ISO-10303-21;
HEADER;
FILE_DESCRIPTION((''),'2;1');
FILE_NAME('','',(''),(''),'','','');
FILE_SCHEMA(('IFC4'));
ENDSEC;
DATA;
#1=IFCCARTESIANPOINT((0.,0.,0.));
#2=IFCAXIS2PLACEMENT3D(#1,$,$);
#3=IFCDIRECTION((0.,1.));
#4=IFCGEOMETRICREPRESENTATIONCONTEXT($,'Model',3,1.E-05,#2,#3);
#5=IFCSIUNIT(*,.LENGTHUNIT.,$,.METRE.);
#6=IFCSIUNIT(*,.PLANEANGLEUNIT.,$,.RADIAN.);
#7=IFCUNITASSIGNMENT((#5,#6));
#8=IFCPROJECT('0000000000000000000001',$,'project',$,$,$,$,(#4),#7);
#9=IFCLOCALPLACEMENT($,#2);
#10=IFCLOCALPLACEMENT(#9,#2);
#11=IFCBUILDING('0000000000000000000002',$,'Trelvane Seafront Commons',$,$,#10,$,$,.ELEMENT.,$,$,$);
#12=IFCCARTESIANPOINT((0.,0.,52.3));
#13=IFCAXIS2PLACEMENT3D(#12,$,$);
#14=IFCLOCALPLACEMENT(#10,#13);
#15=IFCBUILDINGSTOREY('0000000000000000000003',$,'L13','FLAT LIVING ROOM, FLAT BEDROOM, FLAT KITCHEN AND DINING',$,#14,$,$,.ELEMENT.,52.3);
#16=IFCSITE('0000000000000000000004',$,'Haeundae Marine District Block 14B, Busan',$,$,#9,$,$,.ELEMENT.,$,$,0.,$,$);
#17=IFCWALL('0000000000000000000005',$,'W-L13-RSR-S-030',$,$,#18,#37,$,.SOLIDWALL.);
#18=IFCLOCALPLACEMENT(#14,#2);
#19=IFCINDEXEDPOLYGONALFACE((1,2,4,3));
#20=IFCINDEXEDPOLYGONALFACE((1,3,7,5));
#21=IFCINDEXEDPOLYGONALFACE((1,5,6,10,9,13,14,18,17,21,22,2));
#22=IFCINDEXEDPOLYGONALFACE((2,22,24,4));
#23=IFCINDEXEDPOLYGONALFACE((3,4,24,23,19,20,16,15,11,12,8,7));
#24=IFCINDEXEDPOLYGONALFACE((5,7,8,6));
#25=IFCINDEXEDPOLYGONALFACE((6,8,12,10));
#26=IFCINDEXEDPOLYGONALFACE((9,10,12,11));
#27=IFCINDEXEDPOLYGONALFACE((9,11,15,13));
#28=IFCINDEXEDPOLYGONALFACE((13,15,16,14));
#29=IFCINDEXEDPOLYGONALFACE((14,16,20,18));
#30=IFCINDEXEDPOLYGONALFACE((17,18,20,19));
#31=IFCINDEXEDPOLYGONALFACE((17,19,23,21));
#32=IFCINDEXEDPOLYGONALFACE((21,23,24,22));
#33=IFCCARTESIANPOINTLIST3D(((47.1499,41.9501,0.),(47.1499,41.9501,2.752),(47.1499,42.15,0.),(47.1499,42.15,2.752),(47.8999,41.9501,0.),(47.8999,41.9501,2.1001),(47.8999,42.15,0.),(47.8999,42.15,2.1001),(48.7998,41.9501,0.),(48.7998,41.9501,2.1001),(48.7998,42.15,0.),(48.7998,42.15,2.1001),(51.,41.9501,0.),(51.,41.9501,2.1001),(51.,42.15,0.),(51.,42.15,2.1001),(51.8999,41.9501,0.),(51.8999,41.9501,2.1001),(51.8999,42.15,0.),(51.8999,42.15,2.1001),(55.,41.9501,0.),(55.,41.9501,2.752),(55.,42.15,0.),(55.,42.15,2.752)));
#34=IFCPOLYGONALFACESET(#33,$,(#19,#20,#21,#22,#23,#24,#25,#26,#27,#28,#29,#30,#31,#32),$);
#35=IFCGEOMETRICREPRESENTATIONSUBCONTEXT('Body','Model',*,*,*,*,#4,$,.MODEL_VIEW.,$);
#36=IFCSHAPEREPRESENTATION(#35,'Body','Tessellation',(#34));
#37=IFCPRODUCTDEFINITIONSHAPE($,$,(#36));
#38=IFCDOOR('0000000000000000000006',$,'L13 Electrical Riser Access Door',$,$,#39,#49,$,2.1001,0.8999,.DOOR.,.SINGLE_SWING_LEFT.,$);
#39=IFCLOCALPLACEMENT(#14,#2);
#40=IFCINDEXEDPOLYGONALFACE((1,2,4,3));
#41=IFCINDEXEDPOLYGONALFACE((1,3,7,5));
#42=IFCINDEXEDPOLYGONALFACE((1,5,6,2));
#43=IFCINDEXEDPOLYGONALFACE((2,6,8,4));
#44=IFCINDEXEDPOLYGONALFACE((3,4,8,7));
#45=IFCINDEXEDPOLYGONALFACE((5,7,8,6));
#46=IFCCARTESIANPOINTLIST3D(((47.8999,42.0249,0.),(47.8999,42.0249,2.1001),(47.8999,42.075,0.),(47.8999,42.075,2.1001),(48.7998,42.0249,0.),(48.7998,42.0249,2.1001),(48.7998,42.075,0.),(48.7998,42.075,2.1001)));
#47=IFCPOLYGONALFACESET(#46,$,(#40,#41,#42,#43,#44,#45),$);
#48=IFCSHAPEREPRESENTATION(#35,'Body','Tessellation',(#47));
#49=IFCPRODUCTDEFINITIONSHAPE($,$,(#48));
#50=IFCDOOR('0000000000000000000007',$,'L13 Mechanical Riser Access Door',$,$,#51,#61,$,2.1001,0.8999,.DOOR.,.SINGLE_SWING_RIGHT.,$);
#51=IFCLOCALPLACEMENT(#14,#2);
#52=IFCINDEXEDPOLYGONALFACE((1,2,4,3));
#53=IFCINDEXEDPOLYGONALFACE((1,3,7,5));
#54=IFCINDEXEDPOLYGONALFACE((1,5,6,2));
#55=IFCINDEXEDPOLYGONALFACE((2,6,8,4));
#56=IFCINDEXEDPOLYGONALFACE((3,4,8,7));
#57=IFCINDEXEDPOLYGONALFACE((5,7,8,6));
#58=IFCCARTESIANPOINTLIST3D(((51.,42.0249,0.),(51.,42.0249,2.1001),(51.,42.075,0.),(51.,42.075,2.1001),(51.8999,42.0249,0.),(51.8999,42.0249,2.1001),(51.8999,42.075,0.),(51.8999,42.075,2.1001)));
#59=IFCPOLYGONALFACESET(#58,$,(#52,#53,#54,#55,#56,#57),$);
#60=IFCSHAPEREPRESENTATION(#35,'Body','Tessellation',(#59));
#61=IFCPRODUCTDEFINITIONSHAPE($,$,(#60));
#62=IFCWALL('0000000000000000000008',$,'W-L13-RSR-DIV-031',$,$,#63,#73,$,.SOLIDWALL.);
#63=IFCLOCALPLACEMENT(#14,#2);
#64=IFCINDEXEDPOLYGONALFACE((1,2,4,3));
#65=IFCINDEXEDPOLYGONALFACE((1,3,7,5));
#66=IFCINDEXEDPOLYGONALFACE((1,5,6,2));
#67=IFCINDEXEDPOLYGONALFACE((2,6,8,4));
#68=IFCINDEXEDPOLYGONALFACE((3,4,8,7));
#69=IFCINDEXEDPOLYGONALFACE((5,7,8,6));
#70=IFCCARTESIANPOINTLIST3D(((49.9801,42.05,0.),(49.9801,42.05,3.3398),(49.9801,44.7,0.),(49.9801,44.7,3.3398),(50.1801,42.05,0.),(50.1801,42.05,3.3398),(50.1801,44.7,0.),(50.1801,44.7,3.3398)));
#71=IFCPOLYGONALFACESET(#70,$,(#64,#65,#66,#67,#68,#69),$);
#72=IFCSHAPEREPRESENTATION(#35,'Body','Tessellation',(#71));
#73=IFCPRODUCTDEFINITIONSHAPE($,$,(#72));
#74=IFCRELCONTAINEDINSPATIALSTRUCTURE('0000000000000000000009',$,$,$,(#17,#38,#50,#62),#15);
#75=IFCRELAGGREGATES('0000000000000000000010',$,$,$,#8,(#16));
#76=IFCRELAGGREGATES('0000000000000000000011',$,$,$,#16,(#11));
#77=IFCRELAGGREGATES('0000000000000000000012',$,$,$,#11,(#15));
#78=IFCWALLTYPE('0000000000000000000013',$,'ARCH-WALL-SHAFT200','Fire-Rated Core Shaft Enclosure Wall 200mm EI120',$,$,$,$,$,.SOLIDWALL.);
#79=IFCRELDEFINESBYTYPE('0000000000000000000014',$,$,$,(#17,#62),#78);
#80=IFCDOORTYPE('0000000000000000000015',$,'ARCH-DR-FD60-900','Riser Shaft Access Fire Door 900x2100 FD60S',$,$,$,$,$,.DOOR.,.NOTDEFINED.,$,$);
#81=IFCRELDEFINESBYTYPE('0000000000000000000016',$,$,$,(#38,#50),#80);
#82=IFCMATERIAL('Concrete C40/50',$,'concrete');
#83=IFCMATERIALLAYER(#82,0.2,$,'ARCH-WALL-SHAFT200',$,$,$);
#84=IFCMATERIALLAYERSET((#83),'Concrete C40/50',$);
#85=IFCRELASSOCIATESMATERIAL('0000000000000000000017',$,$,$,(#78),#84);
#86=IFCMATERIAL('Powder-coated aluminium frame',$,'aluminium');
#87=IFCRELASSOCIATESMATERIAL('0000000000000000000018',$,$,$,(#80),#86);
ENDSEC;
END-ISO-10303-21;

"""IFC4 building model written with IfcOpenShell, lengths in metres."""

from ifc_helpers import new_model, si_unit, direction, frame, frame_2d, origin, place, context, subcontext, project, spatial, rectangle, extrude, source, transform, mapped, material, layer, layer_set, type_object, element, fill, save


model = new_model("IFC4")

# Units and contexts
model_context = context("Model", 3, precision=1e-05, world=origin(), true_north=direction((0.0, 1.0)))
body_context = subcontext(model_context, "Body", "Model", "MODEL_VIEW")
ifc_project = project(units=[si_unit("LENGTHUNIT", "METRE"), si_unit("PLANEANGLEUNIT", "RADIAN")], contexts=[model_context])

# Site, building, storey
site_placement = place(None, origin())
site = spatial("IfcSite", under=ifc_project, at=site_placement, Name="Haeundae Marine District Block 14B, Busan", CompositionType="ELEMENT", RefElevation=0.0)
building_placement = place(site_placement, origin())
building = spatial("IfcBuilding", under=site, at=building_placement, Name="Trelvane Seafront Commons", CompositionType="ELEMENT")
storey_placement = place(building_placement, frame((0.0, 0.0, 52.3)))
storey = spatial("IfcBuildingStorey", under=building, at=storey_placement, Name="L13", Description="FLAT LIVING ROOM, FLAT BEDROOM, FLAT KITCHEN AND DINING", CompositionType="ELEMENT", Elevation=52.3)

# Shared definitions
ifc_material_1 = material(Name="Concrete C40/50", Category="concrete")
ifc_layer_1 = layer(ifc_material_1, 0.2, Name="ARCH-WALL-SHAFT200")
ifc_layer_set_1 = layer_set([ifc_layer_1], Name="Concrete C40/50")
wall_type_1 = type_object("IfcWallType", Name="ARCH-WALL-SHAFT200", Description="Fire-Rated Core Shaft Enclosure Wall 200mm EI120", PredefinedType="SOLIDWALL", material=ifc_layer_set_1)

# Wall, openings, doors
wall_1_placement = place(storey_placement, frame((47.1499, 42.05, 0.0), z_axis=(0.0, 0.0, 1.0), x_axis=(1.0, 0.0, 0.0)))
wall_1 = element("IfcWall", 1, at=wall_1_placement, inside=storey, type_object=wall_type_1, Name="W-L13-RSR-S-030", PredefinedType="SOLIDWALL", context=body_context, shape_type="SweptSolid", body=[
    extrude(rectangle(XDim=7.8501, YDim=0.2, at=frame_2d((3.925, 0.0))), origin(), (0.0, 0.0, 1.0), 2.752),
])
opening_1_placement = place(wall_1_placement, frame((0.75, 0.0, 0.0)))
opening_1 = element("IfcOpeningElement", 2, at=opening_1_placement, cuts=wall_1, PredefinedType="OPENING", context=body_context, shape_type="SweptSolid", body=[
    extrude(rectangle(XDim=0.8999, YDim=2.1001, at=frame_2d((0.45, 1.05))), frame((0.0, 0.1099, 0.0), z_axis=(0.0, -1.0, 0.0), x_axis=(1.0, 0.0, 0.0)), (0.0, 0.0, 1.0), 0.22),
])
opening_2_placement = place(wall_1_placement, frame((3.8501, 0.0, 0.0)))
opening_2 = element("IfcOpeningElement", 3, at=opening_2_placement, cuts=wall_1, PredefinedType="OPENING", context=body_context, shape_type="SweptSolid", body=[
    extrude(rectangle(XDim=0.8999, YDim=2.1001, at=frame_2d((0.45, 1.05))), frame((0.0, 0.1099, 0.0), z_axis=(0.0, -1.0, 0.0), x_axis=(1.0, 0.0, 0.0)), (0.0, 0.0, 1.0), 0.22),
])
ifc_material_2 = material(Name="Powder-coated aluminium frame", Category="aluminium")
door_type_1 = type_object("IfcDoorType", Name="ARCH-DR-FD60-900", Description="Riser Shaft Access Fire Door 900x2100 FD60S", OperationType="NOTDEFINED", PredefinedType="DOOR", material=ifc_material_2)
shared_shape_1 = source(origin(), body_context, "Body", "SweptSolid", [
    extrude(rectangle(XDim=0.8999, YDim=2.1001, at=frame_2d((0.45, 1.05))), frame((0.0, 0.0249, 0.0), z_axis=(0.0, -1.0, 0.0), x_axis=(1.0, 0.0, 0.0)), (0.0, 0.0, 1.0), 0.05),
])
door_1_placement = place(opening_1_placement, origin())
door_1 = element("IfcDoor", 4, at=door_1_placement, inside=storey, type_object=door_type_1, Name="L13 Electrical Riser Access Door", OperationType="SINGLE_SWING_LEFT", OverallHeight=2.1001, OverallWidth=0.8999, PredefinedType="DOOR", context=body_context, shape_type="MappedRepresentation", body=[
    mapped(shared_shape_1, transform((0.0, 0.0, 0.0), x_axis=(1.0, 0.0, 0.0), y_axis=(0.0, 1.0, 0.0), z_axis=(0.0, 0.0, 1.0), scale=1.0)),
])
fill(opening_1, door_1)
door_2_placement = place(opening_2_placement, origin())
door_2 = element("IfcDoor", 5, at=door_2_placement, inside=storey, type_object=door_type_1, Name="L13 Mechanical Riser Access Door", OperationType="SINGLE_SWING_RIGHT", OverallHeight=2.1001, OverallWidth=0.8999, PredefinedType="DOOR", context=body_context, shape_type="MappedRepresentation", body=[
    mapped(shared_shape_1, transform((0.0, 0.0, 0.0), x_axis=(1.0, 0.0, 0.0), y_axis=(0.0, 1.0, 0.0), z_axis=(0.0, 0.0, 1.0), scale=1.0)),
])
fill(opening_2, door_2)

# Wall
wall_2_placement = place(storey_placement, frame((50.0801, 42.05, 0.0), z_axis=(0.0, 0.0, 1.0), x_axis=(0.0, 1.0, 0.0)))
element("IfcWall", 6, at=wall_2_placement, inside=storey, type_object=wall_type_1, Name="W-L13-RSR-DIV-031", PredefinedType="SOLIDWALL", context=body_context, shape_type="SweptSolid", body=[
    extrude(rectangle(XDim=2.6499, YDim=0.2, at=frame_2d((1.325, 0.0))), origin(), (0.0, 0.0, 1.0), 3.3398),
])

save(model, "model.ifc")
